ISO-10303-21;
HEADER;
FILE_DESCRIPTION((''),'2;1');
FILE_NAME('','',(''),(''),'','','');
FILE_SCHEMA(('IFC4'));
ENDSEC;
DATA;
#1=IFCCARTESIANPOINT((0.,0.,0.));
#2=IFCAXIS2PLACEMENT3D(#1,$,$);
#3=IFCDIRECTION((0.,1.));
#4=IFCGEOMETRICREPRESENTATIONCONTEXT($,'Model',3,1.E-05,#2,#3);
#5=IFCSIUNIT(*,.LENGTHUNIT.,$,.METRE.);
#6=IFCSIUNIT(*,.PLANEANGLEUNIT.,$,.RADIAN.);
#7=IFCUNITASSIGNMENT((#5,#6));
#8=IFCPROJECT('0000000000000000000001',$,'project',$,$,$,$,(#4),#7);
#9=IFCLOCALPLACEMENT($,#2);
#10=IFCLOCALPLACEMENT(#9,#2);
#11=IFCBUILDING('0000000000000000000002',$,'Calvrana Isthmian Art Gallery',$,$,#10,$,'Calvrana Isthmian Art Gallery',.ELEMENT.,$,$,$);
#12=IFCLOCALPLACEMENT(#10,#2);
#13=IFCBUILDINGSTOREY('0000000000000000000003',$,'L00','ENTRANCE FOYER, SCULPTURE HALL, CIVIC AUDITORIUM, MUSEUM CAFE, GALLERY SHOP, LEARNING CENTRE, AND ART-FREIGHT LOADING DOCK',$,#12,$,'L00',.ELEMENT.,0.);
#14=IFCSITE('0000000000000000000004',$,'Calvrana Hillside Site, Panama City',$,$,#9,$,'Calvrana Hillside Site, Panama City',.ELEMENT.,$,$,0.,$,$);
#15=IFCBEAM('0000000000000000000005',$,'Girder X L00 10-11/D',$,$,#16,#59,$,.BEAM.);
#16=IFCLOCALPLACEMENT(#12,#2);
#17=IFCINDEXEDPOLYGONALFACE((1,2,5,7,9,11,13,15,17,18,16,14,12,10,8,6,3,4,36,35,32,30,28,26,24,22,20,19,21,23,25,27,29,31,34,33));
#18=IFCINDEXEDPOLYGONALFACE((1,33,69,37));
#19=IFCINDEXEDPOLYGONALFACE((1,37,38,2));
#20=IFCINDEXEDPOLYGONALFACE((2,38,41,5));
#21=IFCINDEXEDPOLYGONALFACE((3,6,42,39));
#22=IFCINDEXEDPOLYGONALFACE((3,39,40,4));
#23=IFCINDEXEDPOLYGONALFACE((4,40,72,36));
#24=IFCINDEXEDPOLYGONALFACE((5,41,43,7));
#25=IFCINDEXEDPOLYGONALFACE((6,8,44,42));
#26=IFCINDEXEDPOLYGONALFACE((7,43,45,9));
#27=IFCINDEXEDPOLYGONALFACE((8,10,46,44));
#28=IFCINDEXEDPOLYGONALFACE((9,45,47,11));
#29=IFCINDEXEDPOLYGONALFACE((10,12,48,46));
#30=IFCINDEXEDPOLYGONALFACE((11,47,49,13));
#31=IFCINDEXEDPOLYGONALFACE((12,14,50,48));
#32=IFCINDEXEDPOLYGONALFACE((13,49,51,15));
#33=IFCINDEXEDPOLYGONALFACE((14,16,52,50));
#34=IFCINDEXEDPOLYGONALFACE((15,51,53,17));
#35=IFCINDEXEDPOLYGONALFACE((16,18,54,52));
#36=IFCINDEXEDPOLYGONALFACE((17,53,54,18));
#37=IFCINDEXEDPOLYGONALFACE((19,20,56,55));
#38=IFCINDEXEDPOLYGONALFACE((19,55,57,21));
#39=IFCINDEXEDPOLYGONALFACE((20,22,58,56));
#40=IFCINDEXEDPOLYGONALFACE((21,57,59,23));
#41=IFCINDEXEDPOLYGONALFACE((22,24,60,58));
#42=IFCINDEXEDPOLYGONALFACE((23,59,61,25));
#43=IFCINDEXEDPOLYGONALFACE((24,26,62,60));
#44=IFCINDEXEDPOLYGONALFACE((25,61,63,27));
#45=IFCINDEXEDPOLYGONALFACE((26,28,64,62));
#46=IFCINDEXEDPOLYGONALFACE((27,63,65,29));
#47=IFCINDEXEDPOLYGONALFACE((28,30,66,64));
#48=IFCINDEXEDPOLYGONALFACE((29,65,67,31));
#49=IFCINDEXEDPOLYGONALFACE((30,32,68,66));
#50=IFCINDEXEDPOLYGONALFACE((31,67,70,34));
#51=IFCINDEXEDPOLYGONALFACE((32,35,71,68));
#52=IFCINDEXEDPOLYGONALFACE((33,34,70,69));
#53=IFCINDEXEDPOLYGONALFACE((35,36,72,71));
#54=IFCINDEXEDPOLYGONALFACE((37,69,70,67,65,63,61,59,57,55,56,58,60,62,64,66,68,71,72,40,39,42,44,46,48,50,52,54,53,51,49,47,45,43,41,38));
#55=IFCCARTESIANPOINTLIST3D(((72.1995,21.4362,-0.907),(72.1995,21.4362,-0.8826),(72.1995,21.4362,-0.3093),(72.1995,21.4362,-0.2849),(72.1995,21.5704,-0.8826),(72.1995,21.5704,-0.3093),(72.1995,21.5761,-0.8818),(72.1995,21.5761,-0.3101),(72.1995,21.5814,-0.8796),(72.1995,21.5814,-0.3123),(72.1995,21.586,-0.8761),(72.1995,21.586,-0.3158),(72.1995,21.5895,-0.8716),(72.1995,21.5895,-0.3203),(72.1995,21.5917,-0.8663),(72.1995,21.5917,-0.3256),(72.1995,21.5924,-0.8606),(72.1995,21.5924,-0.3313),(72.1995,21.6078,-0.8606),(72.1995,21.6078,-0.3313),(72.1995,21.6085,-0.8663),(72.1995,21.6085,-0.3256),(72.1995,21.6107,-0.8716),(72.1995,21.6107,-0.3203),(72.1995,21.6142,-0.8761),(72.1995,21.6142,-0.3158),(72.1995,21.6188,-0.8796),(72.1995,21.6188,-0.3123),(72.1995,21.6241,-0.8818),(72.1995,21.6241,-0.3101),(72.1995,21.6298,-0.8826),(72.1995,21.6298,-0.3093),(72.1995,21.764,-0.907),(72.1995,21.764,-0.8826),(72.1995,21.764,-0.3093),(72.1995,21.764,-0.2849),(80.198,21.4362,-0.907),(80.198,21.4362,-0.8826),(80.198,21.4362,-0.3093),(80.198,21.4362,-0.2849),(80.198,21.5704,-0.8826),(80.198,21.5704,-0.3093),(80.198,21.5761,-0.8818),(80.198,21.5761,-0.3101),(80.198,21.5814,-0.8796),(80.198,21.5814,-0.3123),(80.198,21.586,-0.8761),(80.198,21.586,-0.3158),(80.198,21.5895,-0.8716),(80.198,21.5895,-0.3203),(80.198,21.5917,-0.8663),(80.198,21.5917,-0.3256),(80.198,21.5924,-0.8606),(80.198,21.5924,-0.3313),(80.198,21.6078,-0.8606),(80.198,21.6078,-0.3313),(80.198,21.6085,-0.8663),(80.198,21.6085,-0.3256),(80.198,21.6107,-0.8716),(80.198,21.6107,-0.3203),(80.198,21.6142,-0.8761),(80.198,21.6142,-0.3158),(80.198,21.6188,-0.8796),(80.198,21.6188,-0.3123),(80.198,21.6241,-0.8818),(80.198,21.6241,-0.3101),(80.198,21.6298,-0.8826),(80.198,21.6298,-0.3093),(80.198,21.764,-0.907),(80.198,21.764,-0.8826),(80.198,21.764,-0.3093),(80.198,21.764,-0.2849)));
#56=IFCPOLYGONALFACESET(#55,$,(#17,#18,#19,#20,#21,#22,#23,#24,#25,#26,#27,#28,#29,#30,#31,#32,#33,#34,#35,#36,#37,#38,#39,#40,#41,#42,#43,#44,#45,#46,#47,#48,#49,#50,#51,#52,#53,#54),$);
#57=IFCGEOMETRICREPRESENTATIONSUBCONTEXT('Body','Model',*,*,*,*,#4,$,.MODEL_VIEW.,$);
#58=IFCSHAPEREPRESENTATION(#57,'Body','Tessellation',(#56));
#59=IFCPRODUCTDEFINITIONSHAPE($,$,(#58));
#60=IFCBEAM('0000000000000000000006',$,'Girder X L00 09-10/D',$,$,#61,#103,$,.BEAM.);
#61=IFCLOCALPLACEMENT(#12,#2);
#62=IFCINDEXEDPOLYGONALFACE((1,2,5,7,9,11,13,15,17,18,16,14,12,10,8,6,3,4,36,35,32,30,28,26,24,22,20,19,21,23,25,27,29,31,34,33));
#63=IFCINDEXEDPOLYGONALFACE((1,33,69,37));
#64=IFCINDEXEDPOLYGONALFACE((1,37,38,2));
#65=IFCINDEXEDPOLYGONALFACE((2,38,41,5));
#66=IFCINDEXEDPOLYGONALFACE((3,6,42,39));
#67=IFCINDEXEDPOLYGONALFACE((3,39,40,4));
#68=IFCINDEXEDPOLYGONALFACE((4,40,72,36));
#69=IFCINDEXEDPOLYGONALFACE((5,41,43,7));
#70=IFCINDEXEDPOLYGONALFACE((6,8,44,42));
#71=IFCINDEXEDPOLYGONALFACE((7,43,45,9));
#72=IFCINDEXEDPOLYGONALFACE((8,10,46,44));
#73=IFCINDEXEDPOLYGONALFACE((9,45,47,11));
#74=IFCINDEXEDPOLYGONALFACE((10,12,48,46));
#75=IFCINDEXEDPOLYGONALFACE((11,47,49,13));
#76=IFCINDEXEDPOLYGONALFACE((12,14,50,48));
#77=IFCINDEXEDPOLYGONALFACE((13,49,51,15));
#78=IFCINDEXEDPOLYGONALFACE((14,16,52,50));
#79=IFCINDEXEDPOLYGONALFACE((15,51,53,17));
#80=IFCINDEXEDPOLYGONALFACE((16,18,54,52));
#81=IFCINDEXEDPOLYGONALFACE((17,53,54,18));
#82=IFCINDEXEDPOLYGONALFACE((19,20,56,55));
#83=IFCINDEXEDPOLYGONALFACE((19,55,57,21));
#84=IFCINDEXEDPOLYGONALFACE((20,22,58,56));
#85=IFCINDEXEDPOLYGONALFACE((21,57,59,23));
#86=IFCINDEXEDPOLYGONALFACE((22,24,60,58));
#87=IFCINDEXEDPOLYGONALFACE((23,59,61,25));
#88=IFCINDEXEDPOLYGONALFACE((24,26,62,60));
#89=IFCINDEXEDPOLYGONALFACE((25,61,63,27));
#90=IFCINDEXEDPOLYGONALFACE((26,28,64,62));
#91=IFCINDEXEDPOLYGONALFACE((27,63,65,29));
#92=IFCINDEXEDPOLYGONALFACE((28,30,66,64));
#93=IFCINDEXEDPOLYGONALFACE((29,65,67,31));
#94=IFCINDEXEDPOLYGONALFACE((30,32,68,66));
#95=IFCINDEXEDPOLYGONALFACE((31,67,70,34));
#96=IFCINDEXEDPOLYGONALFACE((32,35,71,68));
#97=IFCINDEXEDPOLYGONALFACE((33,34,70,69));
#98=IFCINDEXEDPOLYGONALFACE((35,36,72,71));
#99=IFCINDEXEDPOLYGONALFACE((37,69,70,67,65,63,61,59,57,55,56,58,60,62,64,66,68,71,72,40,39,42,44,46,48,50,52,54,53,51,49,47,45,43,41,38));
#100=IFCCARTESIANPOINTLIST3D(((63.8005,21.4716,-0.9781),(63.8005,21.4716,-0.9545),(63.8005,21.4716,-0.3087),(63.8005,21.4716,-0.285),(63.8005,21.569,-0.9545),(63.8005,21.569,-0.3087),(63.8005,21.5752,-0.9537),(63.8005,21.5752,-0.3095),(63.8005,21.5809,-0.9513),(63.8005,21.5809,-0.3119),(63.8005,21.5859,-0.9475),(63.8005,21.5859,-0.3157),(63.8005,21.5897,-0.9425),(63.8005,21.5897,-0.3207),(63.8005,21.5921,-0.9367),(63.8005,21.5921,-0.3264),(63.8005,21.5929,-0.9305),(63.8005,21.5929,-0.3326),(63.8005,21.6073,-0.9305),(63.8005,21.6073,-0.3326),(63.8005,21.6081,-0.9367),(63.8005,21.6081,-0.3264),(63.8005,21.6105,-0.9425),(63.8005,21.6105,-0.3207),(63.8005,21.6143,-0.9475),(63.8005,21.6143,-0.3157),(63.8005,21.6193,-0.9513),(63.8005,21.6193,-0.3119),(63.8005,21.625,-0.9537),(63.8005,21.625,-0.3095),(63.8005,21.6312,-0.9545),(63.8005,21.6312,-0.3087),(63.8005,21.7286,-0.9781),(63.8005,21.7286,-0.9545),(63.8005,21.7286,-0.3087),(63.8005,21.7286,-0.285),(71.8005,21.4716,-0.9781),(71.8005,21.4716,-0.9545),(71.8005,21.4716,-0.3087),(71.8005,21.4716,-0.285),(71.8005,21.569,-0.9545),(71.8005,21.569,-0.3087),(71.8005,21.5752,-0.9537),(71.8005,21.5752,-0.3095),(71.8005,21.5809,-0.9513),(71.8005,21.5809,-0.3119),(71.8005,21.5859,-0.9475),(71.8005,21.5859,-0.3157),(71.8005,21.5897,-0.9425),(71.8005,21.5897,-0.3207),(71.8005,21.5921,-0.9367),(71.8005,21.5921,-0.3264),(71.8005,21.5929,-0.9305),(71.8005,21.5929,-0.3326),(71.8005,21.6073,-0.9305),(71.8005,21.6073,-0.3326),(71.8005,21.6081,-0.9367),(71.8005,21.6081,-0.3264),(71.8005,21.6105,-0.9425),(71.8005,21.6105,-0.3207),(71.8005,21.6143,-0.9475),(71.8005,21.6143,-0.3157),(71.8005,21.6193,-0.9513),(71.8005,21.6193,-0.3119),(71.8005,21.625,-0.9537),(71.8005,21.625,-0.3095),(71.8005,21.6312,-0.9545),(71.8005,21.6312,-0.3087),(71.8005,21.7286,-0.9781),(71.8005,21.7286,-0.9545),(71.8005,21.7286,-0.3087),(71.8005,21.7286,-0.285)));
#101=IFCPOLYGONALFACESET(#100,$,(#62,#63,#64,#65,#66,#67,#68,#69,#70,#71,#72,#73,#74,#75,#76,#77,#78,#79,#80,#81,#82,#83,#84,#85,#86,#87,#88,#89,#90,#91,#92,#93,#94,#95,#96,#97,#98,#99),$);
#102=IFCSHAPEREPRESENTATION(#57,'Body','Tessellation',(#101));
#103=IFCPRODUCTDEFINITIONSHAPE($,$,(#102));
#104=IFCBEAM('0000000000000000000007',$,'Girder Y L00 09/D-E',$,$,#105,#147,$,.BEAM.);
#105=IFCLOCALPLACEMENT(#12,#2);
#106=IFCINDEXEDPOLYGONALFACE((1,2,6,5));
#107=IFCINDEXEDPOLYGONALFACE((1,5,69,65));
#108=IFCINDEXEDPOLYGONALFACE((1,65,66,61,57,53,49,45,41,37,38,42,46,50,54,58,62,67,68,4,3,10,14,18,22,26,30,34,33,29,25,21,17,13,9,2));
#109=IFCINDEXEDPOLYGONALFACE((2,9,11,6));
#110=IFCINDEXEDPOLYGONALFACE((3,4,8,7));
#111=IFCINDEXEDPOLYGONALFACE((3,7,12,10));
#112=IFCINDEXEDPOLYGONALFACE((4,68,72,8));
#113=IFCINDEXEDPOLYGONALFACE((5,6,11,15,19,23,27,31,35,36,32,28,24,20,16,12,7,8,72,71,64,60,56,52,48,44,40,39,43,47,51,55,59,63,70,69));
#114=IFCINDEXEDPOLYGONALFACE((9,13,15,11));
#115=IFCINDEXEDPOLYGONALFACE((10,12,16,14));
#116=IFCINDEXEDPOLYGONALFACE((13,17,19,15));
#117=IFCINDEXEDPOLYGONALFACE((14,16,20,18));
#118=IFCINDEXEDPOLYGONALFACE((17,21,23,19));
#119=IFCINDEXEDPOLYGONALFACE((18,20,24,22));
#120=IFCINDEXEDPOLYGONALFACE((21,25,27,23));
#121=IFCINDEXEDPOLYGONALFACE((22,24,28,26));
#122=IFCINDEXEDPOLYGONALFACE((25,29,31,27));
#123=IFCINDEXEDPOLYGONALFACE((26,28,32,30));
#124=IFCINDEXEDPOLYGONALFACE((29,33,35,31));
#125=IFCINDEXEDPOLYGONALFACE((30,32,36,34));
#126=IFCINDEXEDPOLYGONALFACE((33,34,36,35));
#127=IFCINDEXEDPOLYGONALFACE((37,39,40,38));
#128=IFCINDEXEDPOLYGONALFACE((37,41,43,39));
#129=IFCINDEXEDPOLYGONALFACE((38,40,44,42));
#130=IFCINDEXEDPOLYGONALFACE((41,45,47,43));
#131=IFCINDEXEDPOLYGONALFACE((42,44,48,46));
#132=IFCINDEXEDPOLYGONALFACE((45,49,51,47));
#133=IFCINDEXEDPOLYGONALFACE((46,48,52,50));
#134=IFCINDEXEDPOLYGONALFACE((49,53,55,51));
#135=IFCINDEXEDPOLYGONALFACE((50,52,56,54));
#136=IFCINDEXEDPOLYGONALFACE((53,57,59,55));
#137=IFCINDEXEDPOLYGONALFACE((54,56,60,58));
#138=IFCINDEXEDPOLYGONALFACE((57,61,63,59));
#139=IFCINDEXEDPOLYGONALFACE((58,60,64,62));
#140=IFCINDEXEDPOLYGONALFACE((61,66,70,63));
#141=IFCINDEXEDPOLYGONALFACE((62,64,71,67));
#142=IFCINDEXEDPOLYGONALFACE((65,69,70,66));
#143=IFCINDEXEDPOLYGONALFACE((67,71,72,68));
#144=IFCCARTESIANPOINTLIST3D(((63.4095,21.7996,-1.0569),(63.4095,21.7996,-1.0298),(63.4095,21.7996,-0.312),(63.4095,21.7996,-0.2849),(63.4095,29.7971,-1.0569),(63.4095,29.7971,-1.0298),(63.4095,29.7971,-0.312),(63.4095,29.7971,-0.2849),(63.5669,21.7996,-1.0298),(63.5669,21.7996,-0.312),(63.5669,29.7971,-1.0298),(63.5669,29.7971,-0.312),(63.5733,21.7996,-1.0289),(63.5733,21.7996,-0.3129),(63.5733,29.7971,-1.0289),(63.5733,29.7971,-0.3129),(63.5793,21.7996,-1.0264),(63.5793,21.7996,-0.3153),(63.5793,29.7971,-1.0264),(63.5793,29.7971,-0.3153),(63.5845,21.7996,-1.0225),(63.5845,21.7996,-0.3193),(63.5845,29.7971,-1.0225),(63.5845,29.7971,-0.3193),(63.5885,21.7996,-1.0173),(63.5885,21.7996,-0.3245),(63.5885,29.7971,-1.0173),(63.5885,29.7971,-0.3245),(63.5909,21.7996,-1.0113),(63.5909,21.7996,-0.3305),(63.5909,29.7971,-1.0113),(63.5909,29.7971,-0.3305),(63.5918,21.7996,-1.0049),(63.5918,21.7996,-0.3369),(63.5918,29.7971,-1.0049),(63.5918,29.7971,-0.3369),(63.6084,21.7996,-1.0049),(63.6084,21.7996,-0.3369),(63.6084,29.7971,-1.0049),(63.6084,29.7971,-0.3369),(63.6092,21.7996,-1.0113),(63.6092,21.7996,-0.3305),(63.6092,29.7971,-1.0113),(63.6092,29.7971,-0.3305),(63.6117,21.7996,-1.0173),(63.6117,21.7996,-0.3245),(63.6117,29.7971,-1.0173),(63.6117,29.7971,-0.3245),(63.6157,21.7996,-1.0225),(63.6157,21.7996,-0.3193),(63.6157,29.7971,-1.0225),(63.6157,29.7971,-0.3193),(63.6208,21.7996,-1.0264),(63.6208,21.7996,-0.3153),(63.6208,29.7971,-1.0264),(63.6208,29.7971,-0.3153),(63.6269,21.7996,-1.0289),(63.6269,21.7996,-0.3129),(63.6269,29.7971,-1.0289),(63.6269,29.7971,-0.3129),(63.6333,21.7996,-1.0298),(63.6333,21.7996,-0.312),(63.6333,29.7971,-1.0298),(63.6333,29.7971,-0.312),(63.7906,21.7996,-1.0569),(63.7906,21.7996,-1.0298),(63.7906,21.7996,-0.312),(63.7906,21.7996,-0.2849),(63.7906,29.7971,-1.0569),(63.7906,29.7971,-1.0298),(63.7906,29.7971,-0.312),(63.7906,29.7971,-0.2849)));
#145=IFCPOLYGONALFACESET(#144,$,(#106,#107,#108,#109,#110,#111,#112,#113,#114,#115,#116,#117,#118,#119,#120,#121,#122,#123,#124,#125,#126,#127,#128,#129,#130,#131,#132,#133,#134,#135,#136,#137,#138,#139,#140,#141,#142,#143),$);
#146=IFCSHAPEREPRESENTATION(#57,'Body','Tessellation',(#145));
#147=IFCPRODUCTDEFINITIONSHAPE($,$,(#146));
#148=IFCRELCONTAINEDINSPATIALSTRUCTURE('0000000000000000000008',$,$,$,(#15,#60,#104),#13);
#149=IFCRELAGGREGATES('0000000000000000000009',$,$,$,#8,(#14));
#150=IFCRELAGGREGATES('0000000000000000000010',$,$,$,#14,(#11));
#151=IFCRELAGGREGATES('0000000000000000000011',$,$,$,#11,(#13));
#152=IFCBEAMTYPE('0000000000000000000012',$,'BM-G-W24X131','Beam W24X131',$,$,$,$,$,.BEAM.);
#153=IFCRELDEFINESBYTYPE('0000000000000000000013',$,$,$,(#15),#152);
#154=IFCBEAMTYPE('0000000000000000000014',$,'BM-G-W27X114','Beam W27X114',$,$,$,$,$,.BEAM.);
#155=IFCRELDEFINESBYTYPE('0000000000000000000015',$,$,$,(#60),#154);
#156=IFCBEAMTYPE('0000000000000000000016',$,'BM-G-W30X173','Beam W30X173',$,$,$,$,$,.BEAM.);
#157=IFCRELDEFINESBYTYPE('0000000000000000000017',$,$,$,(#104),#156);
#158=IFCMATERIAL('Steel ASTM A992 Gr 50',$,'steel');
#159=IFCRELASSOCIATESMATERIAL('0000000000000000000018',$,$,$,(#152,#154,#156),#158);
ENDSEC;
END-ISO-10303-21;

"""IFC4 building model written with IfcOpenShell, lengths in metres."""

from ifc_helpers import new_model, si_unit, direction, frame, origin, origin_2d, place, context, subcontext, project, spatial, i_section, extrude, material, material_profile, profile_set, type_object, element, save


model = new_model("IFC4")

# Units and contexts
model_context = context("Model", 3, precision=1e-05, world=origin(), true_north=direction((0.0, 1.0)))
body_context = subcontext(model_context, "Body", "Model", "MODEL_VIEW")
ifc_project = project(units=[si_unit("LENGTHUNIT", "METRE"), si_unit("PLANEANGLEUNIT", "RADIAN")], contexts=[model_context])

# Site, building, storey
site_placement = place(None, origin())
site = spatial("IfcSite", under=ifc_project, at=site_placement, Name="Calvrana Hillside Site, Panama City", LongName="Calvrana Hillside Site, Panama City", CompositionType="ELEMENT", RefElevation=0.0)
building_placement = place(site_placement, origin())
building = spatial("IfcBuilding", under=site, at=building_placement, Name="Calvrana Isthmian Art Gallery", LongName="Calvrana Isthmian Art Gallery", CompositionType="ELEMENT")
storey_placement = place(building_placement, origin())
storey = spatial("IfcBuildingStorey", under=building, at=storey_placement, Name="L00", Description="ENTRANCE FOYER, SCULPTURE HALL, CIVIC AUDITORIUM, MUSEUM CAFE, GALLERY SHOP, LEARNING CENTRE, AND ART-FREIGHT LOADING DOCK", LongName="L00", CompositionType="ELEMENT", Elevation=0.0)

# Shared definitions
ifc_material_1 = material(Name="Steel ASTM A992 Gr 50", Category="steel")

# Beams
ifc_material_profile_1 = material_profile(ifc_material_1, i_section(OverallWidth=0.3279, OverallDepth=0.6221, WebThickness=0.0154, FlangeThickness=0.0244, FilletRadius=0.022, at=origin_2d()), Name="W24X131")
ifc_profile_set_1 = profile_set([ifc_material_profile_1], Name="Steel ASTM A992 Gr 50")
beam_type_1 = type_object("IfcBeamType", Name="BM-G-W24X131", Description="Beam W24X131", PredefinedType="BEAM", material=ifc_profile_set_1)
beam_1_placement = place(storey_placement, frame((72.1995, 21.6001, -0.5959), z_axis=(1.0, 0.0, 0.0), x_axis=(0.0, 1.0, 0.0)))
element("IfcBeam", 1, at=beam_1_placement, inside=storey, type_object=beam_type_1, Name="Girder X L00 10-11/D", PredefinedType="BEAM", context=body_context, shape_type="SweptSolid", body=[
    extrude(i_section(OverallWidth=0.3279, OverallDepth=0.6221, WebThickness=0.0154, FlangeThickness=0.0244, FilletRadius=0.022, at=origin_2d()), origin(), (0.0, 0.0, 1.0), 7.9985),
])
ifc_material_profile_2 = material_profile(ifc_material_1, i_section(OverallWidth=0.2571, OverallDepth=0.6931, WebThickness=0.0144, FlangeThickness=0.0237, FilletRadius=0.0239, at=origin_2d()), Name="W27X114")
ifc_profile_set_2 = profile_set([ifc_material_profile_2], Name="Steel ASTM A992 Gr 50")
beam_type_2 = type_object("IfcBeamType", Name="BM-G-W27X114", Description="Beam W27X114", PredefinedType="BEAM", material=ifc_profile_set_2)
beam_2_placement = place(storey_placement, frame((63.8005, 21.6001, -0.6316), z_axis=(1.0, 0.0, 0.0), x_axis=(0.0, 1.0, 0.0)))
element("IfcBeam", 2, at=beam_2_placement, inside=storey, type_object=beam_type_2, Name="Girder X L00 09-10/D", PredefinedType="BEAM", context=body_context, shape_type="SweptSolid", body=[
    extrude(i_section(OverallWidth=0.2571, OverallDepth=0.6931, WebThickness=0.0144, FlangeThickness=0.0237, FilletRadius=0.0239, at=origin_2d()), origin(), (0.0, 0.0, 1.0), 8.0),
])
ifc_material_profile_3 = material_profile(ifc_material_1, i_section(OverallWidth=0.3811, OverallDepth=0.772, WebThickness=0.0166, FlangeThickness=0.0271, FilletRadius=0.0249, at=origin_2d()), Name="W30X173")
ifc_profile_set_3 = profile_set([ifc_material_profile_3], Name="Steel ASTM A992 Gr 50")
beam_type_3 = type_object("IfcBeamType", Name="BM-G-W30X173", Description="Beam W30X173", PredefinedType="BEAM", material=ifc_profile_set_3)
beam_3_placement = place(storey_placement, frame((63.6001, 21.7996, -0.6709), z_axis=(0.0, 1.0, 0.0), x_axis=(-1.0, 0.0, 0.0)))
element("IfcBeam", 3, at=beam_3_placement, inside=storey, type_object=beam_type_3, Name="Girder Y L00 09/D-E", PredefinedType="BEAM", context=body_context, shape_type="SweptSolid", body=[
    extrude(i_section(OverallWidth=0.3811, OverallDepth=0.772, WebThickness=0.0166, FlangeThickness=0.0271, FilletRadius=0.0249, at=origin_2d()), origin(), (0.0, 0.0, 1.0), 7.9976),
])

save(model, "model.ifc")
